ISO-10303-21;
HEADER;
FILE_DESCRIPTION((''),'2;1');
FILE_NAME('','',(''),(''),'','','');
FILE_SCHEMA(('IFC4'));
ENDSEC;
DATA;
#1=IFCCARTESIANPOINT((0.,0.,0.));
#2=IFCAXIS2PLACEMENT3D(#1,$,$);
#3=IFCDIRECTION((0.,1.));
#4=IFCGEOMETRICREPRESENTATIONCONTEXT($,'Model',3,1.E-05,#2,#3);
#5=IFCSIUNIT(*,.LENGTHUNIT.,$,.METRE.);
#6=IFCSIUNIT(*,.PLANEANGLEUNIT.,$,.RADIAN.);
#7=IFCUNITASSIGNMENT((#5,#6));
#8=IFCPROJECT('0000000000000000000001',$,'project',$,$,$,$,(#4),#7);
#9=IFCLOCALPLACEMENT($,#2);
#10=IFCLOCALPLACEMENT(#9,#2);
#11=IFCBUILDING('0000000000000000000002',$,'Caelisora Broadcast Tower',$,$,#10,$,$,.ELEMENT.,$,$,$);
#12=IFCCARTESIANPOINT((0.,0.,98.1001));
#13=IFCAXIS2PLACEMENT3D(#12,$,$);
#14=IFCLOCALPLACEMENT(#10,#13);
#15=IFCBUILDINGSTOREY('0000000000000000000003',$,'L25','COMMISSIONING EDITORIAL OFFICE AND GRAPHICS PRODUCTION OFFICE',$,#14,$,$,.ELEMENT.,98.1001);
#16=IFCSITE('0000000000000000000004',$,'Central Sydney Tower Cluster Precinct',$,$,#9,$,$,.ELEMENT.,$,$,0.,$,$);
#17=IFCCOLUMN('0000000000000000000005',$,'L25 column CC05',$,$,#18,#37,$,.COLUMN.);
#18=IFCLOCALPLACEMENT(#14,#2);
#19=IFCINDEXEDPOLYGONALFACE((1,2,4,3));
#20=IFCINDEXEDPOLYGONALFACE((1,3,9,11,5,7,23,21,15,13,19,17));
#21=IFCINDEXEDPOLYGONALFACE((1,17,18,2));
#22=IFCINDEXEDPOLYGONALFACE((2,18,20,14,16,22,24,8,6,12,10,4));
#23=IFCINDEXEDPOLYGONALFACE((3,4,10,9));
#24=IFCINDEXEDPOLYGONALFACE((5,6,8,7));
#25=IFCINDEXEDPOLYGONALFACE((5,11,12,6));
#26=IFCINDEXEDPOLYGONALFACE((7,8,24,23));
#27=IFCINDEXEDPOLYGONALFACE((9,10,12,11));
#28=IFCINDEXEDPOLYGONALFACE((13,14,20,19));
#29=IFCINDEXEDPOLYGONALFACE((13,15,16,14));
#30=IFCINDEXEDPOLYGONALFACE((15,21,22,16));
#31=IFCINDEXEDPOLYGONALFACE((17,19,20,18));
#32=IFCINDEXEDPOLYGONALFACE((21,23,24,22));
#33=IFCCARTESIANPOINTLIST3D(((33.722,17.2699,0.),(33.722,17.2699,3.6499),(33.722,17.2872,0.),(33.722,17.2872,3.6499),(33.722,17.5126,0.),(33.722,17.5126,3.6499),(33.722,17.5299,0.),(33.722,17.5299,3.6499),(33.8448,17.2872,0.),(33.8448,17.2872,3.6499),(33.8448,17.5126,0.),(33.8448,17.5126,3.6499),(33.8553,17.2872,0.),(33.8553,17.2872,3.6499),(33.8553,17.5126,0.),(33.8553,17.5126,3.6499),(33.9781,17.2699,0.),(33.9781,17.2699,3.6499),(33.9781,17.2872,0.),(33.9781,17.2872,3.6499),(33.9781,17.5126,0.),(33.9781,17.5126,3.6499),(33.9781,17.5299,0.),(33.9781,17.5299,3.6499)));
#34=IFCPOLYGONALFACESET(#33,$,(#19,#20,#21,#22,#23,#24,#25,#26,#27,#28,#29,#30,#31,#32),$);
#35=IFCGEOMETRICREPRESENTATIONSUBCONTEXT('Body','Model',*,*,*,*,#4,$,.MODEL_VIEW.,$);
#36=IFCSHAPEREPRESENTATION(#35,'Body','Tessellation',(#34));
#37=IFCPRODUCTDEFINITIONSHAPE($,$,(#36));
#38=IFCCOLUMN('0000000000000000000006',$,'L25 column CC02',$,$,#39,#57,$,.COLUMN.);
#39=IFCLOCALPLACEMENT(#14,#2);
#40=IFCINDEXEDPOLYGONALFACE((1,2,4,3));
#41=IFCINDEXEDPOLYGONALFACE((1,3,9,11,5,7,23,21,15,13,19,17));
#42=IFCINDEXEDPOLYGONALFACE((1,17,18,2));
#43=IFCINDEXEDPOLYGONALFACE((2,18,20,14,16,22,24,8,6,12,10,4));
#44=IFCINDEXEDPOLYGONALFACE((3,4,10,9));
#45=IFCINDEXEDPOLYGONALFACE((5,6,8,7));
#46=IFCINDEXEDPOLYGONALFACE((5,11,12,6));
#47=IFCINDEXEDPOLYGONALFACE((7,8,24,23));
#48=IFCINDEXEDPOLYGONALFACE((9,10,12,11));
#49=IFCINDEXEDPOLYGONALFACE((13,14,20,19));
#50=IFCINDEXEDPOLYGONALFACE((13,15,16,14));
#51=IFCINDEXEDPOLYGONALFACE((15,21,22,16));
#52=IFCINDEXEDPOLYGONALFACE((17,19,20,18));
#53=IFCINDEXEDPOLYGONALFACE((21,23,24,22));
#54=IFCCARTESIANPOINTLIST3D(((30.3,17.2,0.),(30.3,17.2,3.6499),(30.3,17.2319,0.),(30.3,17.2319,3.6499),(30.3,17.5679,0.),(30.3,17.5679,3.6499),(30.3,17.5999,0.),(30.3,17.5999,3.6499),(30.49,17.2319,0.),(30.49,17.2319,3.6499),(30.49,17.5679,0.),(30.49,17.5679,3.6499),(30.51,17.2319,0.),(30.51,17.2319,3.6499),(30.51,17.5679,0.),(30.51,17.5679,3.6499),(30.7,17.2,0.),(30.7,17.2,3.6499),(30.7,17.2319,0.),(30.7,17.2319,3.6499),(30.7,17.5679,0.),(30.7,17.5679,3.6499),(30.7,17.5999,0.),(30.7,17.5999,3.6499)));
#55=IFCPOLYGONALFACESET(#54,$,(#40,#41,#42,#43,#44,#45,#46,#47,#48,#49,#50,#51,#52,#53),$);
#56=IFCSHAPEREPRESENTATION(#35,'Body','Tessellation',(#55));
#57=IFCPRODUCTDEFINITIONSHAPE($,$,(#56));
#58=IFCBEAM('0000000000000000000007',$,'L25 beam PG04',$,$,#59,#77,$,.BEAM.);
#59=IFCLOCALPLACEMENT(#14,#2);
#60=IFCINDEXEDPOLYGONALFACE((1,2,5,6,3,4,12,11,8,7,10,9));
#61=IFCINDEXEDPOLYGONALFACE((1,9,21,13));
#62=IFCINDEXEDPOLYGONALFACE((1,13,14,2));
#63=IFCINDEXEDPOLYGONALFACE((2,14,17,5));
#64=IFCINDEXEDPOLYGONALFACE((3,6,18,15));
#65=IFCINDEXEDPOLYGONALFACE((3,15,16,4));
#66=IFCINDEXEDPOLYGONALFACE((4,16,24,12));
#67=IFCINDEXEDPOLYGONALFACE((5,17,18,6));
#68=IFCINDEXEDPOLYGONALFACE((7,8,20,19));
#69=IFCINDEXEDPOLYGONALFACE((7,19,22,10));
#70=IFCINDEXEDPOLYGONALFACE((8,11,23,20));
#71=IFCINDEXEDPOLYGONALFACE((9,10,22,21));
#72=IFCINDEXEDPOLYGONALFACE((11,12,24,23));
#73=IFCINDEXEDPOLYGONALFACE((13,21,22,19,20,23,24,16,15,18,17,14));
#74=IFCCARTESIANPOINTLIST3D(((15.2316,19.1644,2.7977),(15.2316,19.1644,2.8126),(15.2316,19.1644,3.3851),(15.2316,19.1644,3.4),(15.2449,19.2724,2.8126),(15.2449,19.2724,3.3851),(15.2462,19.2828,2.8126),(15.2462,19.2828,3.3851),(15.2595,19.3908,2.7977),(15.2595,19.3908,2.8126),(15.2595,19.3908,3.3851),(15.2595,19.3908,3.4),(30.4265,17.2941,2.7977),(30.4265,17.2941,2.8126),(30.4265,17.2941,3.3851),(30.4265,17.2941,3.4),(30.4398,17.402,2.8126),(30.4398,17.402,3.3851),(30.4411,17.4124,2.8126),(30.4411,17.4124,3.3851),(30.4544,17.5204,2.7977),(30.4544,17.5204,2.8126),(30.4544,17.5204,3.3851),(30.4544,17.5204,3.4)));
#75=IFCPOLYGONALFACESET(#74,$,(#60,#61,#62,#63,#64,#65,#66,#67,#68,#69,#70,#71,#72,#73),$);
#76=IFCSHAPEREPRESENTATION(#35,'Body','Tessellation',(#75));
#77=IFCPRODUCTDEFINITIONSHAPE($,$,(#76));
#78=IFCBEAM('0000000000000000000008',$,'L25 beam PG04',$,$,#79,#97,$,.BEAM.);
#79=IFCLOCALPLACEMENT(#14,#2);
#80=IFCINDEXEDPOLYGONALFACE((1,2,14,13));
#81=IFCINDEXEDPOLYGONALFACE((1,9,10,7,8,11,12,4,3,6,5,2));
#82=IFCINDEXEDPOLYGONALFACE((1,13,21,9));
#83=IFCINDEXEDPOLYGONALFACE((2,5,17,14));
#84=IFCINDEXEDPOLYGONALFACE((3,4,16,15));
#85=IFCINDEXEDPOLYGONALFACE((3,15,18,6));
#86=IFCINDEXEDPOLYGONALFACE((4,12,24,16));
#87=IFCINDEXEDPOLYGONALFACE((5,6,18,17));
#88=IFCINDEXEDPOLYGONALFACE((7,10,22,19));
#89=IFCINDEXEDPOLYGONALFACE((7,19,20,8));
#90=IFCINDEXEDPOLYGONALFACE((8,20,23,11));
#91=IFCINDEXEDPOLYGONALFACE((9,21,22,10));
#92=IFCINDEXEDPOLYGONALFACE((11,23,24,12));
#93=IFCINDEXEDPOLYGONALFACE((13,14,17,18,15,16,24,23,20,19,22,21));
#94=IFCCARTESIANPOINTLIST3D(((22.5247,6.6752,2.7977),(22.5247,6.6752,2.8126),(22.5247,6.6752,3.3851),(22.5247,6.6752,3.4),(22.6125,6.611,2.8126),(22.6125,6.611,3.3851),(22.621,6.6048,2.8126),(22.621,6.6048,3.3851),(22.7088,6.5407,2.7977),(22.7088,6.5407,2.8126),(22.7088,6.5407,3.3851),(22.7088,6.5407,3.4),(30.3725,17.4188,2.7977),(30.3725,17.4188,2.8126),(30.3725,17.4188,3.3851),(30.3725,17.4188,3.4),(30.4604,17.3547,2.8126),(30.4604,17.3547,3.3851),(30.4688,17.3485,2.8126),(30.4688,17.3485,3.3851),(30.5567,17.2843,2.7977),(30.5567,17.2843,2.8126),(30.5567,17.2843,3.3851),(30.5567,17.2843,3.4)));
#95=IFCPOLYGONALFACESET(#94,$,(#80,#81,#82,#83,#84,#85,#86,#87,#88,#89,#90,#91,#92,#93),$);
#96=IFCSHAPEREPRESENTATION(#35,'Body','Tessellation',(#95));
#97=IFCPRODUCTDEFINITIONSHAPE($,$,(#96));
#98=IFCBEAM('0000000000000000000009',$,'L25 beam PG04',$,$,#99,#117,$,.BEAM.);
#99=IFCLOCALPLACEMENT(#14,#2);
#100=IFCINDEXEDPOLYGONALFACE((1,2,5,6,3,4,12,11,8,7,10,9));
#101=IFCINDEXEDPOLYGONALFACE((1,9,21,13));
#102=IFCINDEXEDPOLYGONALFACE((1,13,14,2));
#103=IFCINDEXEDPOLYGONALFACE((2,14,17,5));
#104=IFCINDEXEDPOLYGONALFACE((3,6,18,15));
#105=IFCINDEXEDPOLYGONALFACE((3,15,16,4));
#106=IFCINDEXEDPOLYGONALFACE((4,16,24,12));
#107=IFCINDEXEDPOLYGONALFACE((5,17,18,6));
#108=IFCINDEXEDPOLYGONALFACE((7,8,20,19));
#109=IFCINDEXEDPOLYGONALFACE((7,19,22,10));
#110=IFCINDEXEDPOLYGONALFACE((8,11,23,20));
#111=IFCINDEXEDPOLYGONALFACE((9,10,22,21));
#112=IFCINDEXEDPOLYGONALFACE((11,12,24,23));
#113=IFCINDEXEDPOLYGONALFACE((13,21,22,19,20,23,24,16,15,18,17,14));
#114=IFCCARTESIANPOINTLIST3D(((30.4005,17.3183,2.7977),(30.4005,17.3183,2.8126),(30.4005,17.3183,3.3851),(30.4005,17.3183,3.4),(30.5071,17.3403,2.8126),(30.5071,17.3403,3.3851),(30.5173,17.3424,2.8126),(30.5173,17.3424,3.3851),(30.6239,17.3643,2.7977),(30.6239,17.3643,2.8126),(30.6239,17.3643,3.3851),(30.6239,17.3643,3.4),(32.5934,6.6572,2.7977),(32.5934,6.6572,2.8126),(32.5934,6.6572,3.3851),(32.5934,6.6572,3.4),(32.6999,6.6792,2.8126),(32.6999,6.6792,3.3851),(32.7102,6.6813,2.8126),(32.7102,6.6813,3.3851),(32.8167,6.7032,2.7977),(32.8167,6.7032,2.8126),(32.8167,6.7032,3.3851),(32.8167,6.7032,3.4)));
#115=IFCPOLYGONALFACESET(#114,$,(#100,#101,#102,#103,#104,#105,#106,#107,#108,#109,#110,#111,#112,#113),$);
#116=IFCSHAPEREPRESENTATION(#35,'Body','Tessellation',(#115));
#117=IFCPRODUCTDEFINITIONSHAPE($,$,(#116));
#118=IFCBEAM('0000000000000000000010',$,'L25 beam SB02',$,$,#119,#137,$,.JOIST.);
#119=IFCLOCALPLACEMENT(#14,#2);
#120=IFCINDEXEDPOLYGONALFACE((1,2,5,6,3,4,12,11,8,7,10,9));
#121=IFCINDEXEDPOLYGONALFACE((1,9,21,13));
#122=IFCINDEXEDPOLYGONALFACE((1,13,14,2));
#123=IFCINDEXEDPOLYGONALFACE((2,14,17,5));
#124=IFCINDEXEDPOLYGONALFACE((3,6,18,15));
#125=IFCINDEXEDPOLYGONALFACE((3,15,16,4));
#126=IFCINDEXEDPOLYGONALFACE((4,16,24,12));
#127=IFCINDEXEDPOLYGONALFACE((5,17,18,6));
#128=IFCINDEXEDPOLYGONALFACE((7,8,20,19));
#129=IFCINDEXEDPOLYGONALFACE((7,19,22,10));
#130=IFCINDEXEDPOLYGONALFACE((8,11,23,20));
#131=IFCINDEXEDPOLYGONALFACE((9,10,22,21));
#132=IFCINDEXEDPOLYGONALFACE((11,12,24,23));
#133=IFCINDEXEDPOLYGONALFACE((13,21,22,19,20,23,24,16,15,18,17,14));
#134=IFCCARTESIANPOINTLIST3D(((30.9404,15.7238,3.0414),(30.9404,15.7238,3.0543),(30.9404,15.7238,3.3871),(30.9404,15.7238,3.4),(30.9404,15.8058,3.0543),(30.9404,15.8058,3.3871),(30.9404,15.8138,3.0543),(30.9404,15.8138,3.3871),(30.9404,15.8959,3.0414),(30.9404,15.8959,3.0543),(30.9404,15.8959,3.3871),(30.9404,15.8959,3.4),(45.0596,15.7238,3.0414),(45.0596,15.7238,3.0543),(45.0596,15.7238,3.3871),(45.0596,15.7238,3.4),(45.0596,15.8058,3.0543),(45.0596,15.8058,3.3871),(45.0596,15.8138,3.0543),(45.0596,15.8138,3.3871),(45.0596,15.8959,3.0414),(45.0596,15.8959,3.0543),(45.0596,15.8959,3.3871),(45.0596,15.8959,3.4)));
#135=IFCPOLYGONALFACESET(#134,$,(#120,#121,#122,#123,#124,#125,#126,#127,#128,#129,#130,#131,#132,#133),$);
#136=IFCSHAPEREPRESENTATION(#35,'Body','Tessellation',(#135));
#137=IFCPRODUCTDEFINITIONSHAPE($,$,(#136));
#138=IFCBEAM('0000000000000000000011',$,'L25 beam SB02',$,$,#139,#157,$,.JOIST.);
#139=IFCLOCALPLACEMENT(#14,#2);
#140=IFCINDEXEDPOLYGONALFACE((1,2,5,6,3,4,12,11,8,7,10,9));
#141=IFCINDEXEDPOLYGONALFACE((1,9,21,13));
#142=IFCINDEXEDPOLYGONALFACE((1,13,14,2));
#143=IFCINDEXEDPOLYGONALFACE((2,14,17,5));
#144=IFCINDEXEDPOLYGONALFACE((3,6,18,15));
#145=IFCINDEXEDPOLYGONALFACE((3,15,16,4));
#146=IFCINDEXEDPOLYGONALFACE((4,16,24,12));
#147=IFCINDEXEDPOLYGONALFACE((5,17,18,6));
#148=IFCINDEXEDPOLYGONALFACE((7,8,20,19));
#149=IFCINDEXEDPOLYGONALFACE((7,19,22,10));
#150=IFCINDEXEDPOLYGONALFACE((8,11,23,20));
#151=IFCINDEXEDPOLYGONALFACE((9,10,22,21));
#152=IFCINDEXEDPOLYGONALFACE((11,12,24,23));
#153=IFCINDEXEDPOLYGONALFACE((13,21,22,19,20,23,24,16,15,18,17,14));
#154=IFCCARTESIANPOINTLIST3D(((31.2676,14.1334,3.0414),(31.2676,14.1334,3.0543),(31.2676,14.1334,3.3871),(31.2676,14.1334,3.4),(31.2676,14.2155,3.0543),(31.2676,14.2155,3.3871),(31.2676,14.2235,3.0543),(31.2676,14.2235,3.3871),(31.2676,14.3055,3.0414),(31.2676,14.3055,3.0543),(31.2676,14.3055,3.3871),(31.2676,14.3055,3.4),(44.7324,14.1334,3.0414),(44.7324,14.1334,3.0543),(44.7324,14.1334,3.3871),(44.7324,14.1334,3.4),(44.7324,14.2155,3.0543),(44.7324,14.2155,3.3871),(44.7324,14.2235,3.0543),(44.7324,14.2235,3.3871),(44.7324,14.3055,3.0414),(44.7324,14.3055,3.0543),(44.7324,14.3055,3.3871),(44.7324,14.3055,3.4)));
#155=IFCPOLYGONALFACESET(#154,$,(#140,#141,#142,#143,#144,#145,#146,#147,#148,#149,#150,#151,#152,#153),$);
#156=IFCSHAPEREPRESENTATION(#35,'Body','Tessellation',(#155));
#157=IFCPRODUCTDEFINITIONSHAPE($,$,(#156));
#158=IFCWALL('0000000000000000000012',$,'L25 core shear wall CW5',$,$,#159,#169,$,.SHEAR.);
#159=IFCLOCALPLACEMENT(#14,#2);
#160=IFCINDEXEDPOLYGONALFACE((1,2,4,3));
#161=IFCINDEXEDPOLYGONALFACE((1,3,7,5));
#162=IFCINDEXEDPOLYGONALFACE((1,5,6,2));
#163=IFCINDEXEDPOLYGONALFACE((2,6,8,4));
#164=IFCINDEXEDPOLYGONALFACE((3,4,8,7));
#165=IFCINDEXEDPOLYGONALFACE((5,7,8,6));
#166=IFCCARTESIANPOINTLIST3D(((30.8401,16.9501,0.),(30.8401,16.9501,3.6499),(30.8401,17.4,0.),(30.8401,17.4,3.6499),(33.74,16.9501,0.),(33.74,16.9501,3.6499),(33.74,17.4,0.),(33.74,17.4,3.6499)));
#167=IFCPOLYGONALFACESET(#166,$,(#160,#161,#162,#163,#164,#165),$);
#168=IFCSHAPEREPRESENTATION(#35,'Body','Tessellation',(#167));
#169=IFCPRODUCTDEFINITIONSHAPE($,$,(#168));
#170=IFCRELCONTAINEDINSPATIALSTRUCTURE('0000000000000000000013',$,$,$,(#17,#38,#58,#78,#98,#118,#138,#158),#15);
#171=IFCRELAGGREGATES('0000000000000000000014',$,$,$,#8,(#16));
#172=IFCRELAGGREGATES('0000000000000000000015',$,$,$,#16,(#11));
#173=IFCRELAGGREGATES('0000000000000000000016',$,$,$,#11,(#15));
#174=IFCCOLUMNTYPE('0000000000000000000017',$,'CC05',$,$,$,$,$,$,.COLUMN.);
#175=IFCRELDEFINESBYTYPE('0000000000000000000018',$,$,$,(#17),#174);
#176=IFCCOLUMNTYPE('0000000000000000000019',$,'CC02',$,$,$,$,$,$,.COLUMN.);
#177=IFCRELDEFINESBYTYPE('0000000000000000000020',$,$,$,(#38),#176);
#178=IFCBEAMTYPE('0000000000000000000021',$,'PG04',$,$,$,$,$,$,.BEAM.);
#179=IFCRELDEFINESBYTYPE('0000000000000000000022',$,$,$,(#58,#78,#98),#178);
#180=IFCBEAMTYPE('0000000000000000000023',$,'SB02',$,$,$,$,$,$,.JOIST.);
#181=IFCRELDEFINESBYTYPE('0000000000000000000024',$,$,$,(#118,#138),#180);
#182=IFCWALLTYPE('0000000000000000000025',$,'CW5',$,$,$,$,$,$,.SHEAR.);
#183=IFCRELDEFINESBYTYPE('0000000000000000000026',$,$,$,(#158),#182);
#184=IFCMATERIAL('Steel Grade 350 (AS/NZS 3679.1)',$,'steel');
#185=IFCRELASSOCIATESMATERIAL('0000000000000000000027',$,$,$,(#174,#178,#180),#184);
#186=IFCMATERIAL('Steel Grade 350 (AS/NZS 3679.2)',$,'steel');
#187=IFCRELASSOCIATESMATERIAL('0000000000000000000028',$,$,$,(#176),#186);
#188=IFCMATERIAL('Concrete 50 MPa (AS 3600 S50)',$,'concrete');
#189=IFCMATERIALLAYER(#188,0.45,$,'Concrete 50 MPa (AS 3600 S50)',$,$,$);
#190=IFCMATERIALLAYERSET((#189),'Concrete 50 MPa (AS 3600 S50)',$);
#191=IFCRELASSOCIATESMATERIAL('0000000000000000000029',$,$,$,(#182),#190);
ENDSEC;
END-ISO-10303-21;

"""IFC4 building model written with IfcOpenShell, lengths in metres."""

from ifc_helpers import new_model, si_unit, direction, frame, frame_2d, origin, origin_2d, place, context, subcontext, project, spatial, rectangle, i_section, extrude, source, transform, mapped, material, layer, layer_set, material_profile, profile_set, type_object, type_shapes, element, save


model = new_model("IFC4")

# Units and contexts
model_context = context("Model", 3, precision=1e-05, world=origin(), true_north=direction((0.0, 1.0)))
body_context = subcontext(model_context, "Body", "Model", "MODEL_VIEW")
ifc_project = project(units=[si_unit("LENGTHUNIT", "METRE"), si_unit("PLANEANGLEUNIT", "RADIAN")], contexts=[model_context])

# Site, building, storey
site_placement = place(None, origin())
site = spatial("IfcSite", under=ifc_project, at=site_placement, Name="Central Sydney Tower Cluster Precinct", CompositionType="ELEMENT", RefElevation=0.0)
building_placement = place(site_placement, origin())
building = spatial("IfcBuilding", under=site, at=building_placement, Name="Caelisora Broadcast Tower", CompositionType="ELEMENT")
storey_placement = place(building_placement, frame((0.0, 0.0, 98.1001)))
storey = spatial("IfcBuildingStorey", under=building, at=storey_placement, Name="L25", Description="COMMISSIONING EDITORIAL OFFICE AND GRAPHICS PRODUCTION OFFICE", CompositionType="ELEMENT", Elevation=98.1001)

# Columns
ifc_material_1 = material(Name="Steel Grade 350 (AS/NZS 3679.1)", Category="steel")
ifc_material_profile_1 = material_profile(ifc_material_1, i_section(OverallWidth=0.2561, OverallDepth=0.26, WebThickness=0.0105, FlangeThickness=0.0173, at=origin_2d()), Name="Steel Grade 350 (AS/NZS 3679.1)")
ifc_profile_set_1 = profile_set([ifc_material_profile_1], Name="Steel Grade 350 (AS/NZS 3679.1)")
column_type_1 = type_object("IfcColumnType", Name="CC05", PredefinedType="COLUMN", material=ifc_profile_set_1)
shared_shape_1 = source(origin(), body_context, "Body", "SweptSolid", [
    extrude(i_section(OverallWidth=0.2561, OverallDepth=0.26, WebThickness=0.0105, FlangeThickness=0.0173, at=origin_2d()), origin(), (0.0, 0.0, 1.0), 3.6499),
])
type_shapes(column_type_1, [shared_shape_1])
column_1_placement = place(storey_placement, frame((33.8501, 17.3999, 0.0), z_axis=(0.0, 0.0, 1.0), x_axis=(1.0, 0.0, 0.0)))
element("IfcColumn", 1, at=column_1_placement, inside=storey, type_object=column_type_1, Name="L25 column CC05", PredefinedType="COLUMN", context=body_context, shape_type="MappedRepresentation", body=[
    mapped(shared_shape_1, transform((0.0, 0.0, 0.0), scale=1.0)),
])
ifc_material_2 = material(Name="Steel Grade 350 (AS/NZS 3679.2)", Category="steel")
ifc_material_profile_2 = material_profile(ifc_material_2, i_section(OverallWidth=0.3999, OverallDepth=0.3999, WebThickness=0.02, FlangeThickness=0.032, at=origin_2d()), Name="Steel Grade 350 (AS/NZS 3679.2)")
ifc_profile_set_2 = profile_set([ifc_material_profile_2], Name="Steel Grade 350 (AS/NZS 3679.2)")
column_type_2 = type_object("IfcColumnType", Name="CC02", PredefinedType="COLUMN", material=ifc_profile_set_2)
shared_shape_2 = source(origin(), body_context, "Body", "SweptSolid", [
    extrude(i_section(OverallWidth=0.3999, OverallDepth=0.3999, WebThickness=0.02, FlangeThickness=0.032, at=origin_2d()), origin(), (0.0, 0.0, 1.0), 3.6499),
])
type_shapes(column_type_2, [shared_shape_2])
column_2_placement = place(storey_placement, frame((30.5, 17.3999, 0.0), z_axis=(0.0, 0.0, 1.0), x_axis=(1.0, 0.0, 0.0)))
element("IfcColumn", 2, at=column_2_placement, inside=storey, type_object=column_type_2, Name="L25 column CC02", PredefinedType="COLUMN", context=body_context, shape_type="MappedRepresentation", body=[
    mapped(shared_shape_2, transform((0.0, 0.0, 0.0), scale=1.0)),
])

# Beams
ifc_material_profile_3 = material_profile(ifc_material_1, i_section(OverallWidth=0.228, OverallDepth=0.6023, WebThickness=0.0105, FlangeThickness=0.0149, at=origin_2d()), Name="Steel Grade 350 (AS/NZS 3679.1)")
ifc_profile_set_3 = profile_set([ifc_material_profile_3], Name="Steel Grade 350 (AS/NZS 3679.1)")
beam_type_1 = type_object("IfcBeamType", Name="PG04", PredefinedType="BEAM", material=ifc_profile_set_3)
shared_shape_3 = source(origin(), body_context, "Body", "SweptSolid", [
    extrude(i_section(OverallWidth=0.228, OverallDepth=0.6023, WebThickness=0.0105, FlangeThickness=0.0149, at=origin_2d()), origin(), (0.0, 0.0, 1.0), 15.3096),
])
beam_1_placement = place(storey_placement, frame((30.4404, 17.4072, 3.0989), z_axis=(-0.992509, 0.12217, 0.0), x_axis=(-0.12217, -0.992509, 0.0)))
element("IfcBeam", 3, at=beam_1_placement, inside=storey, type_object=beam_type_1, Name="L25 beam PG04", PredefinedType="BEAM", context=body_context, shape_type="MappedRepresentation", body=[
    mapped(shared_shape_3, transform((0.0, 0.0, 0.0), scale=1.0)),
])
shared_shape_4 = source(origin(), body_context, "Body", "SweptSolid", [
    extrude(i_section(OverallWidth=0.228, OverallDepth=0.6023, WebThickness=0.0105, FlangeThickness=0.0149, at=origin_2d()), origin(), (0.0, 0.0, 1.0), 13.3047),
])
beam_2_placement = place(storey_placement, frame((30.4646, 17.3516, 3.0989), z_axis=(-0.589858, -0.807507, 0.0), x_axis=(0.807507, -0.589858, 0.0)))
element("IfcBeam", 4, at=beam_2_placement, inside=storey, type_object=beam_type_1, Name="L25 beam PG04", PredefinedType="BEAM", context=body_context, shape_type="MappedRepresentation", body=[
    mapped(shared_shape_4, transform((0.0, 0.0, 0.0), scale=1.0)),
])
shared_shape_5 = source(origin(), body_context, "Body", "SweptSolid", [
    extrude(i_section(OverallWidth=0.228, OverallDepth=0.6023, WebThickness=0.0105, FlangeThickness=0.0149, at=origin_2d()), origin(), (0.0, 0.0, 1.0), 10.8843),
])
type_shapes(beam_type_1, [shared_shape_3, shared_shape_4, shared_shape_5])
beam_3_placement = place(storey_placement, frame((30.5122, 17.3413, 3.0989), z_axis=(0.201471, -0.979495, 0.0), x_axis=(0.979495, 0.201471, 0.0)))
element("IfcBeam", 5, at=beam_3_placement, inside=storey, type_object=beam_type_1, Name="L25 beam PG04", PredefinedType="BEAM", context=body_context, shape_type="MappedRepresentation", body=[
    mapped(shared_shape_5, transform((0.0, 0.0, 0.0), scale=1.0)),
])
ifc_material_profile_4 = material_profile(ifc_material_1, i_section(OverallWidth=0.1721, OverallDepth=0.3586, WebThickness=0.0081, FlangeThickness=0.0129, at=origin_2d()), Name="Steel Grade 350 (AS/NZS 3679.1)")
ifc_profile_set_4 = profile_set([ifc_material_profile_4], Name="Steel Grade 350 (AS/NZS 3679.1)")
beam_type_2 = type_object("IfcBeamType", Name="SB02", PredefinedType="JOIST", material=ifc_profile_set_4)
shared_shape_6 = source(origin(), body_context, "Body", "SweptSolid", [
    extrude(i_section(OverallWidth=0.1721, OverallDepth=0.3586, WebThickness=0.0081, FlangeThickness=0.0129, at=origin_2d()), origin(), (0.0, 0.0, 1.0), 14.1191),
])
beam_4_placement = place(storey_placement, frame((30.9404, 15.8098, 3.2207), z_axis=(1.0, 0.0, 0.0), x_axis=(0.0, 1.0, 0.0)))
element("IfcBeam", 6, at=beam_4_placement, inside=storey, type_object=beam_type_2, Name="L25 beam SB02", PredefinedType="JOIST", context=body_context, shape_type="MappedRepresentation", body=[
    mapped(shared_shape_6, transform((0.0, 0.0, 0.0), scale=1.0)),
])
shared_shape_7 = source(origin(), body_context, "Body", "SweptSolid", [
    extrude(i_section(OverallWidth=0.1721, OverallDepth=0.3586, WebThickness=0.0081, FlangeThickness=0.0129, at=origin_2d()), origin(), (0.0, 0.0, 1.0), 13.4648),
])
type_shapes(beam_type_2, [shared_shape_6, shared_shape_7])
beam_5_placement = place(storey_placement, frame((31.2676, 14.2195, 3.2207), z_axis=(1.0, 0.0, 0.0), x_axis=(0.0, 1.0, 0.0)))
element("IfcBeam", 7, at=beam_5_placement, inside=storey, type_object=beam_type_2, Name="L25 beam SB02", PredefinedType="JOIST", context=body_context, shape_type="MappedRepresentation", body=[
    mapped(shared_shape_7, transform((0.0, 0.0, 0.0), scale=1.0)),
])

# Shared definitions
ifc_material_3 = material(Name="Concrete 50 MPa (AS 3600 S50)", Category="concrete")

# Wall
ifc_layer_1 = layer(ifc_material_3, 0.45, Name="Concrete 50 MPa (AS 3600 S50)")
ifc_layer_set_1 = layer_set([ifc_layer_1], Name="Concrete 50 MPa (AS 3600 S50)")
wall_type_1 = type_object("IfcWallType", Name="CW5", PredefinedType="SHEAR", material=ifc_layer_set_1)
wall_1_placement = place(storey_placement, frame((30.8401, 17.175, 0.0), z_axis=(0.0, 0.0, 1.0), x_axis=(1.0, 0.0, 0.0)))
element("IfcWall", 8, at=wall_1_placement, inside=storey, type_object=wall_type_1, Name="L25 core shear wall CW5", PredefinedType="SHEAR", context=body_context, shape_type="SweptSolid", body=[
    extrude(rectangle(XDim=2.8999, YDim=0.45, at=frame_2d((1.45, 0.0))), origin(), (0.0, 0.0, 1.0), 3.6499),
])

save(model, "model.ifc")
